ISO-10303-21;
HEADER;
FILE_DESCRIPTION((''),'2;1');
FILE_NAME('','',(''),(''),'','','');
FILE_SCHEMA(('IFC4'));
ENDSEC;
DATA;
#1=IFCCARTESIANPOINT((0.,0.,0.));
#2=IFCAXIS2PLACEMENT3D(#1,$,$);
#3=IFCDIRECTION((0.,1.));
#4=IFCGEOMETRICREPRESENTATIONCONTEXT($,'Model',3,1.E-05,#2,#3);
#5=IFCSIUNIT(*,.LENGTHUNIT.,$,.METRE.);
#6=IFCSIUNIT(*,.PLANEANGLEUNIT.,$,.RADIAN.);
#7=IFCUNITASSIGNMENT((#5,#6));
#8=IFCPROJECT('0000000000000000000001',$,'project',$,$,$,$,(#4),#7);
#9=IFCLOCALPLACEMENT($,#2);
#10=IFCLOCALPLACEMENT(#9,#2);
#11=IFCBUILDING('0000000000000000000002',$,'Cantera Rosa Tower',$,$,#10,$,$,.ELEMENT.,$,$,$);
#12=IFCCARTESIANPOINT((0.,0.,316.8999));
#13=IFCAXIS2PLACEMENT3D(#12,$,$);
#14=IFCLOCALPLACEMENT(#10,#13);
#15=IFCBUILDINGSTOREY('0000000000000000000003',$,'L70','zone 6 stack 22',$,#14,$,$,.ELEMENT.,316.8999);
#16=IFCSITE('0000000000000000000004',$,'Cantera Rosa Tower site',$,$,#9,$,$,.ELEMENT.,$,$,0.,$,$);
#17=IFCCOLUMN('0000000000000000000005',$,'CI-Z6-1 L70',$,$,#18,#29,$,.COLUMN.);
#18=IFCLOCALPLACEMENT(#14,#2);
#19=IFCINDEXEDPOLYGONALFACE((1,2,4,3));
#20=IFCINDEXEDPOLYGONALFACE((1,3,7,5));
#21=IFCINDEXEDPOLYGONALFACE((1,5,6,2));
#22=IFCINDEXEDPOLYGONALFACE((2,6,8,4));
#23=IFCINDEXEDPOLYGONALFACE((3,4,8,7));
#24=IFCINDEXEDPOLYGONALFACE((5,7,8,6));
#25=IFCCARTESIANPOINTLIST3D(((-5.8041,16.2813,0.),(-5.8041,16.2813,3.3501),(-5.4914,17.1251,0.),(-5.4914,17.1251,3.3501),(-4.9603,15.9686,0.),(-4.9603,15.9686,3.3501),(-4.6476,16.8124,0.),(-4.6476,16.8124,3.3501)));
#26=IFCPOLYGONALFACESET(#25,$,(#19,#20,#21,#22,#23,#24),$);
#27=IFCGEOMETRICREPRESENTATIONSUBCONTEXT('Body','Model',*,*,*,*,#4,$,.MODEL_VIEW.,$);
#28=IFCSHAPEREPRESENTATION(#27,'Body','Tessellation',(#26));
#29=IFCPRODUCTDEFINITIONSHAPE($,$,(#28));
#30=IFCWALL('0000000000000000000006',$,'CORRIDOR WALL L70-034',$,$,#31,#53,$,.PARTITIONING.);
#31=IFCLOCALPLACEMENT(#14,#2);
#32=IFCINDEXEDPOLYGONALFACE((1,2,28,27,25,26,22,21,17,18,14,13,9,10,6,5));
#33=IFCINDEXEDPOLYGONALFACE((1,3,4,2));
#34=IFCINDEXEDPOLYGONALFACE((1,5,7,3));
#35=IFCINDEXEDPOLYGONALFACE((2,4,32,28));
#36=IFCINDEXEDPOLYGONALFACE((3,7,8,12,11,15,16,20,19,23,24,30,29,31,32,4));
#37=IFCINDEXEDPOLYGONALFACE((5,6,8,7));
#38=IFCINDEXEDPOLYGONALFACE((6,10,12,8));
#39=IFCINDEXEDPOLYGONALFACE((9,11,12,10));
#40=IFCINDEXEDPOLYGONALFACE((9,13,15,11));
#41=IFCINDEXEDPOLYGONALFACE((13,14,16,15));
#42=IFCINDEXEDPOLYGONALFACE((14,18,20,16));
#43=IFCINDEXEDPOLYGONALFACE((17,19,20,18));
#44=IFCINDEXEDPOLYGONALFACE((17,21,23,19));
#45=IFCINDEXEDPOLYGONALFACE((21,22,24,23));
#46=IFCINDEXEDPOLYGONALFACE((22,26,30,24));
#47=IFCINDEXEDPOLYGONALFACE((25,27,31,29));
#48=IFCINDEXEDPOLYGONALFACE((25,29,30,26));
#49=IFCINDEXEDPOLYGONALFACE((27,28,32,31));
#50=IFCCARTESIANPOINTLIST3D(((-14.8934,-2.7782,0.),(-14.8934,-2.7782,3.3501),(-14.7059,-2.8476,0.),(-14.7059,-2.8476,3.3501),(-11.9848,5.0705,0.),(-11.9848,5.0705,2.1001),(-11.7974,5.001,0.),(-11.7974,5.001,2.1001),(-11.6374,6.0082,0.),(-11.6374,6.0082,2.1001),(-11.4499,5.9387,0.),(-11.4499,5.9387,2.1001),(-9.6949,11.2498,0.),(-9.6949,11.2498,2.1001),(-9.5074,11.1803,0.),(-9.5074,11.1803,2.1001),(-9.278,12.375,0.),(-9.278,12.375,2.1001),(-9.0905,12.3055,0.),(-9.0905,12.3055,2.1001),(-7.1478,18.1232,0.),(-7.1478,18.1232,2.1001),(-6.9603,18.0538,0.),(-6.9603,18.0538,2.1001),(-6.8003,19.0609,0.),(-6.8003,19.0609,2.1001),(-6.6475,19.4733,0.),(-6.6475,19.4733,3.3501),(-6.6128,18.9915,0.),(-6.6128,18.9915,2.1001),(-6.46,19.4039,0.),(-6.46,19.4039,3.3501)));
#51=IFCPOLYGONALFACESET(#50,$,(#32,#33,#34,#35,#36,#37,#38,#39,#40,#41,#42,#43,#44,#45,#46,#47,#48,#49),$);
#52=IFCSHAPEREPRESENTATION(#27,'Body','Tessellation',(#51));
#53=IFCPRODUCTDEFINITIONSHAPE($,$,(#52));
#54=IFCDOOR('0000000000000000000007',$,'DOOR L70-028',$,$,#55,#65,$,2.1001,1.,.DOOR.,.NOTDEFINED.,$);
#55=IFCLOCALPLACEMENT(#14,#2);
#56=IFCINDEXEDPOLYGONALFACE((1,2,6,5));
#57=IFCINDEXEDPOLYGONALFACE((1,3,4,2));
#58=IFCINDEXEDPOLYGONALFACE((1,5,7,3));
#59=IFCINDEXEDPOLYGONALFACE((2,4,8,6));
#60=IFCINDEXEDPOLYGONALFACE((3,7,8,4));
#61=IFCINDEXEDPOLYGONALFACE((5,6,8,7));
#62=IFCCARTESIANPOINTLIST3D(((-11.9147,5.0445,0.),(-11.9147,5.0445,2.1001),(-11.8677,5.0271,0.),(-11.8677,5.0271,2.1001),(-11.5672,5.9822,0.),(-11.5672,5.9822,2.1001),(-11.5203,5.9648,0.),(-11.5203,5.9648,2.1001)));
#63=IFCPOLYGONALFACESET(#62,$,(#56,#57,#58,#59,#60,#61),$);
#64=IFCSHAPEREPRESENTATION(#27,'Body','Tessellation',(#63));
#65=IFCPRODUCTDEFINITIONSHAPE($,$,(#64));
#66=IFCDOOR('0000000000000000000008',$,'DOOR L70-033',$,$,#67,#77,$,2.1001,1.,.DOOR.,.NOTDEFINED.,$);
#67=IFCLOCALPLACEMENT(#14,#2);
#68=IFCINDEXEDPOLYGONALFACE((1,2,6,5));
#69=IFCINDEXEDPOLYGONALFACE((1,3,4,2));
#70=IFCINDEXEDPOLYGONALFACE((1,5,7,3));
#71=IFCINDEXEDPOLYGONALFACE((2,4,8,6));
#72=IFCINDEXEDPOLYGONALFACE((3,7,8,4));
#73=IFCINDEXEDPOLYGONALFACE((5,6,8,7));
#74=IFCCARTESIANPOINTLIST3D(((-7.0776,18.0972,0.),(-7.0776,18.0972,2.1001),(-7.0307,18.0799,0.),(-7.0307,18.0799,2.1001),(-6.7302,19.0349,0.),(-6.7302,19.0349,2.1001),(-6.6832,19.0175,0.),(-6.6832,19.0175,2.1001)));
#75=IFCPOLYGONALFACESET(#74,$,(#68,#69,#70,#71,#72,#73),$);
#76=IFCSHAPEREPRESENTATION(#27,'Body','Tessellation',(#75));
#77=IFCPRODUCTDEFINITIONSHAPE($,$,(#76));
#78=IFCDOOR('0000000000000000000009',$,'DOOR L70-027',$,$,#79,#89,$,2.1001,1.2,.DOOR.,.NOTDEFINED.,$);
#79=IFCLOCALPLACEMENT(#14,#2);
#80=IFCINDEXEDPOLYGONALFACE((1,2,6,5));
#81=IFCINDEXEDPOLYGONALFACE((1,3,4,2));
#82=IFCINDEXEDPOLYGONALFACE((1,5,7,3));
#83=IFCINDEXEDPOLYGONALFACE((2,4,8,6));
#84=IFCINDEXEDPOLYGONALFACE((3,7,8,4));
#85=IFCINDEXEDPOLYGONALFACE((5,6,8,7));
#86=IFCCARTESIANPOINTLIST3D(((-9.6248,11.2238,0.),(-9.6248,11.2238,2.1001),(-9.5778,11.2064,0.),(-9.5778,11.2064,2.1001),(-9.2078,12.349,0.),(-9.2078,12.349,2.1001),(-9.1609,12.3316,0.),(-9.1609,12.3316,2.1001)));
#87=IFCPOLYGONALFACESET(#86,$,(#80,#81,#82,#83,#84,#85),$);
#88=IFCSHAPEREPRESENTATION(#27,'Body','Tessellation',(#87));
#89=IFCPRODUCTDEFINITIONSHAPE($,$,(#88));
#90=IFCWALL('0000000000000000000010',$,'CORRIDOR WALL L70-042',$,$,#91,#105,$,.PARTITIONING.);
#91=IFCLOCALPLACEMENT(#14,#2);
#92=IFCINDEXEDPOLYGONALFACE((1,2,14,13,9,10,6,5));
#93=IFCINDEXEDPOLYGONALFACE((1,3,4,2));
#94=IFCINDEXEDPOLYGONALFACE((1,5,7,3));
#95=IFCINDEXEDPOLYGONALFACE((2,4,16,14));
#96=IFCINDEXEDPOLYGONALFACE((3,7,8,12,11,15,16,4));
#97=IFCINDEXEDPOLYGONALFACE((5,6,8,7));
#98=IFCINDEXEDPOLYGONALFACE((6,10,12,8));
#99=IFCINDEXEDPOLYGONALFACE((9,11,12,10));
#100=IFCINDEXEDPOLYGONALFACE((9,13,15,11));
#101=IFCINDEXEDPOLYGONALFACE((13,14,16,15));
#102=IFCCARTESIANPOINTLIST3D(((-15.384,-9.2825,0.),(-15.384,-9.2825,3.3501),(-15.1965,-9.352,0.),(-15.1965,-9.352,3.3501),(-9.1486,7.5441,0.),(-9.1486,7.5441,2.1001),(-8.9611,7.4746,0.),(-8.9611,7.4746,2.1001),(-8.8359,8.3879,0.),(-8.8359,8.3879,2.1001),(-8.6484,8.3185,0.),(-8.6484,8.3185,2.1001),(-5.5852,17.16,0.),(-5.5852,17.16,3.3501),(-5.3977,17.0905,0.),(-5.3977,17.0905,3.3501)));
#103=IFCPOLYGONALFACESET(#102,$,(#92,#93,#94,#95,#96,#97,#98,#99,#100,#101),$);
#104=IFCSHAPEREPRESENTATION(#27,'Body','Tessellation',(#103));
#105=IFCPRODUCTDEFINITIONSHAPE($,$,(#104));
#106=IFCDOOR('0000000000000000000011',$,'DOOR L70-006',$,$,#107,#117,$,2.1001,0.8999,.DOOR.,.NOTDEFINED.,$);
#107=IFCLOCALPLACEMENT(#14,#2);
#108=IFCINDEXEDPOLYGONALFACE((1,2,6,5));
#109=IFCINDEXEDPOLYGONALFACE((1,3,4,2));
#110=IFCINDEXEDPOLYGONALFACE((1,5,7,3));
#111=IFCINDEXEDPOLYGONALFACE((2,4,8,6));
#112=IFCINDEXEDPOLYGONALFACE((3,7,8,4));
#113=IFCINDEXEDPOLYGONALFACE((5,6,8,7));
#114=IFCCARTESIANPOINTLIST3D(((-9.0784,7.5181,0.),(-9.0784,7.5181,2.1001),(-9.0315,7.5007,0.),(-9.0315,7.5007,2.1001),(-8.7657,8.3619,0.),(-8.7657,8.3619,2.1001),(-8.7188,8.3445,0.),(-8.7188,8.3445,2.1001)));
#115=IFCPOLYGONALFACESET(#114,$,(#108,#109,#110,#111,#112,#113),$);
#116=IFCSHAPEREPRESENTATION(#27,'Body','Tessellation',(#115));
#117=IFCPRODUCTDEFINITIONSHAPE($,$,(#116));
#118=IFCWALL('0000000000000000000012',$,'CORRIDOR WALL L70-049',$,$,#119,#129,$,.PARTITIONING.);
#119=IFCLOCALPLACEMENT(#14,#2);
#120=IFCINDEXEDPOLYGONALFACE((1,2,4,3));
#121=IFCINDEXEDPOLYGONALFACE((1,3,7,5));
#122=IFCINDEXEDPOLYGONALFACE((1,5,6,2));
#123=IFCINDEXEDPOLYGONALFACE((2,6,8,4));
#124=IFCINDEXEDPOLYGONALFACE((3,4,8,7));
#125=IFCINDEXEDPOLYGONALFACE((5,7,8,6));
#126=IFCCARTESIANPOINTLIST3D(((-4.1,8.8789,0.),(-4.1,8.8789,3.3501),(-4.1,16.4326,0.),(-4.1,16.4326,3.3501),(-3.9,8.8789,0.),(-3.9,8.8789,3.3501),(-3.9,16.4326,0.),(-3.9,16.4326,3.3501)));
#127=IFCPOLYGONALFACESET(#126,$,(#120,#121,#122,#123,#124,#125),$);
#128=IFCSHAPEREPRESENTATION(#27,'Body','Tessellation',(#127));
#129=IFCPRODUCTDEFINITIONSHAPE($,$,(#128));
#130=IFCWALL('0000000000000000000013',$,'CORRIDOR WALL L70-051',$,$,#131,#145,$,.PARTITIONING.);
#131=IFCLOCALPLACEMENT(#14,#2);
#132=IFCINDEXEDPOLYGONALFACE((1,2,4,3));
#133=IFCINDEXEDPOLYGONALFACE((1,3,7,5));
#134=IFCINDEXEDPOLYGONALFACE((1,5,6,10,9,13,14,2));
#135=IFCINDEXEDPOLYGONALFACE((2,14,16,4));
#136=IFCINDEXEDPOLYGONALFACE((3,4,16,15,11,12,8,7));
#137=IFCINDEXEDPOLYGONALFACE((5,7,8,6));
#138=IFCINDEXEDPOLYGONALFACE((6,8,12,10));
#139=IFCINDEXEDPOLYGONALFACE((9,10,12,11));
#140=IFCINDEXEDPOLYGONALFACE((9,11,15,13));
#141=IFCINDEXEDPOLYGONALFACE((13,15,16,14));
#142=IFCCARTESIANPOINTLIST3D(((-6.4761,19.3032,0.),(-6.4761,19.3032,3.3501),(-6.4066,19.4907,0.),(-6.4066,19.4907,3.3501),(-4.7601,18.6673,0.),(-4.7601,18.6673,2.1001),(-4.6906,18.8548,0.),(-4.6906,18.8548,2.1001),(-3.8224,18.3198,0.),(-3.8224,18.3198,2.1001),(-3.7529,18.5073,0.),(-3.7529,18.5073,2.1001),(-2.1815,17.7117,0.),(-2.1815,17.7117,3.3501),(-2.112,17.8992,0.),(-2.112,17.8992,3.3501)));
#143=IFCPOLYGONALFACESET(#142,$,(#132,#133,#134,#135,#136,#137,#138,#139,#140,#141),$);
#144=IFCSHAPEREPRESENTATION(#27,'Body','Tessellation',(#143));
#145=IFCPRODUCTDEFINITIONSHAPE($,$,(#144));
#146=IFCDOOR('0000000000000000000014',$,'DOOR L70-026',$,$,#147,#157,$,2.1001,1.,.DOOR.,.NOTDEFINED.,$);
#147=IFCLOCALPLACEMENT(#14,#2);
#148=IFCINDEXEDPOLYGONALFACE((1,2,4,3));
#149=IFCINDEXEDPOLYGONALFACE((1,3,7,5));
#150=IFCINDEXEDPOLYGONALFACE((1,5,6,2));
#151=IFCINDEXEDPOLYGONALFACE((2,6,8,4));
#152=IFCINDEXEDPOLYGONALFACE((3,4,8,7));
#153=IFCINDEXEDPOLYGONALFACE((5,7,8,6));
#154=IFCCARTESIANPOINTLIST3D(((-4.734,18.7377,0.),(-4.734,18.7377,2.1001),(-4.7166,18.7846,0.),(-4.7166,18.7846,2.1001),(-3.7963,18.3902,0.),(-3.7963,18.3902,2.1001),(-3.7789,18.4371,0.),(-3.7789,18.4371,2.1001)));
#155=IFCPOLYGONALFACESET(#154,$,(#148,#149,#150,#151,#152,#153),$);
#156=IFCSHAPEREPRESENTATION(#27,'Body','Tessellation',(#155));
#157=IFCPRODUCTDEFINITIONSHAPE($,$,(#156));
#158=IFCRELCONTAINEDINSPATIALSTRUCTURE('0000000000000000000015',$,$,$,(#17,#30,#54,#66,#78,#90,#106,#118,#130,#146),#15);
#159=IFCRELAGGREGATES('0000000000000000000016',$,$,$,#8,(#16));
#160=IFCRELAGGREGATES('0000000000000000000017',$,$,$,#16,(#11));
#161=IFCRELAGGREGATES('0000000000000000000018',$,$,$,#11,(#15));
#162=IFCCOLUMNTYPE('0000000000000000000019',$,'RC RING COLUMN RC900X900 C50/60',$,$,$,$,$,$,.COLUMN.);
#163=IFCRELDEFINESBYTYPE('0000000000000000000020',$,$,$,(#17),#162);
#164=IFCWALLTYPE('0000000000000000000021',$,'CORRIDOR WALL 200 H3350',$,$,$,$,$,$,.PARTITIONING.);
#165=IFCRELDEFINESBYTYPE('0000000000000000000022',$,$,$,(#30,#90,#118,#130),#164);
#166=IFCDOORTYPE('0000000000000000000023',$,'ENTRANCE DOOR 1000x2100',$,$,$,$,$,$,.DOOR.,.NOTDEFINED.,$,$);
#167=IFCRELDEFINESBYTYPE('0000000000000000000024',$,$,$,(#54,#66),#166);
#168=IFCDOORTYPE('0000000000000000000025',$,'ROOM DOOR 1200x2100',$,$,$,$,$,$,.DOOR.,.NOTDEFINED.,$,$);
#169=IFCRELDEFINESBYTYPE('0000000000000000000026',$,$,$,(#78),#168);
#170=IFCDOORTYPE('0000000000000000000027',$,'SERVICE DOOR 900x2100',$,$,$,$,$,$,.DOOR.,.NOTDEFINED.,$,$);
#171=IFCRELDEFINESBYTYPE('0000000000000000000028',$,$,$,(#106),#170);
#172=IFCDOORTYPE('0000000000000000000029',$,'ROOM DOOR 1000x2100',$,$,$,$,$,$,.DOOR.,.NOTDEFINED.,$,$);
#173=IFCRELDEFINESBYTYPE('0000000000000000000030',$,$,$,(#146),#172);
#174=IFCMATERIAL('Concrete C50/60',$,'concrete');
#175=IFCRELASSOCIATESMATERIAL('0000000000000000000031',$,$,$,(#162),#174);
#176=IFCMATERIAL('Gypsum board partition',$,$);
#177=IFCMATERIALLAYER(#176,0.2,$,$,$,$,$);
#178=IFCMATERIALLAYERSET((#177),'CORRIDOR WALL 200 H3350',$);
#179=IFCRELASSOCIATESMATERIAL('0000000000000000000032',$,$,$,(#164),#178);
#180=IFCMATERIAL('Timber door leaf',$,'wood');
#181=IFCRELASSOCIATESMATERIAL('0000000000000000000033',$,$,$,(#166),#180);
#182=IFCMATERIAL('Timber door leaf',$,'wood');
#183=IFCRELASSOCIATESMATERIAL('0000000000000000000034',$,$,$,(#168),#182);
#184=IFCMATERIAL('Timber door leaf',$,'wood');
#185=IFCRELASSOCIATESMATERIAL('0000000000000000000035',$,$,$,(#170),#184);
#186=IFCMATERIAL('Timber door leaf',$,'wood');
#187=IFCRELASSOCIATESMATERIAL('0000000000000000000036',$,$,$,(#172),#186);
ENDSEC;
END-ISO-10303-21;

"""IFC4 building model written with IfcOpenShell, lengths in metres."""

from ifc_helpers import new_model, si_unit, direction, frame, frame_2d, origin, origin_2d, place, context, subcontext, project, spatial, rectangle, extrude, material, layer, layer_set, material_profile, profile_set, type_object, element, fill, save


model = new_model("IFC4")

# Units and contexts
model_context = context("Model", 3, precision=1e-05, world=origin(), true_north=direction((0.0, 1.0)))
body_context = subcontext(model_context, "Body", "Model", "MODEL_VIEW")
ifc_project = project(units=[si_unit("LENGTHUNIT", "METRE"), si_unit("PLANEANGLEUNIT", "RADIAN")], contexts=[model_context])

# Site, building, storey
site_placement = place(None, origin())
site = spatial("IfcSite", under=ifc_project, at=site_placement, Name="Cantera Rosa Tower site", CompositionType="ELEMENT", RefElevation=0.0)
building_placement = place(site_placement, origin())
building = spatial("IfcBuilding", under=site, at=building_placement, Name="Cantera Rosa Tower", CompositionType="ELEMENT")
storey_placement = place(building_placement, frame((0.0, 0.0, 316.8999)))
storey = spatial("IfcBuildingStorey", under=building, at=storey_placement, Name="L70", Description="zone 6 stack 22", CompositionType="ELEMENT", Elevation=316.8999)

# Column
ifc_material_1 = material(Name="Concrete C50/60", Category="concrete")
ifc_material_profile = material_profile(ifc_material_1, rectangle(XDim=0.8999, YDim=0.8999, at=origin_2d()), Name="RC RING COLUMN RC900X900 C50/60")
ifc_profile_set = profile_set([ifc_material_profile], Name="Concrete C50/60")
column_type = type_object("IfcColumnType", Name="RC RING COLUMN RC900X900 C50/60", PredefinedType="COLUMN", material=ifc_profile_set)
column_placement = place(storey_placement, frame((-5.2258, 16.5469, 0.0), z_axis=(0.0, 0.0, 1.0), x_axis=(0.347481, 0.937687, 0.0)))
element("IfcColumn", 1, at=column_placement, inside=storey, type_object=column_type, Name="CI-Z6-1 L70", PredefinedType="COLUMN", context=body_context, shape_type="SweptSolid", body=[
    extrude(rectangle(XDim=0.8999, YDim=0.8999, at=origin_2d()), origin(), (0.0, 0.0, 1.0), 3.3501),
])

# Wall, openings, doors
ifc_material_2 = material(Name="Gypsum board partition")
ifc_layer_1 = layer(ifc_material_2, 0.2)
ifc_layer_set_1 = layer_set([ifc_layer_1], Name="CORRIDOR WALL 200 H3350")
wall_type_1 = type_object("IfcWallType", Name="CORRIDOR WALL 200 H3350", PredefinedType="PARTITIONING", material=ifc_layer_set_1)
wall_1_placement = place(storey_placement, frame((-6.5537, 19.4387, 0.0), z_axis=(0.0, 0.0, 1.0), x_axis=(-0.347484, -0.937686, 0.0)))
wall_1 = element("IfcWall", 2, at=wall_1_placement, inside=storey, type_object=wall_type_1, Name="CORRIDOR WALL L70-034", PredefinedType="PARTITIONING", context=body_context, shape_type="SweptSolid", body=[
    extrude(rectangle(XDim=23.7302, YDim=0.2, at=frame_2d((11.8652, 0.0))), origin(), (0.0, 0.0, 1.0), 3.3501),
])
opening_1_placement = place(wall_1_placement, frame((7.5701, 0.0, 0.0)))
opening_1 = element("IfcOpeningElement", 3, at=opening_1_placement, cuts=wall_1, PredefinedType="OPENING", context=body_context, shape_type="SweptSolid", body=[
    extrude(rectangle(XDim=1.2, YDim=2.1001, at=frame_2d((0.6001, 1.05))), frame((0.0, 0.1099, 0.0), z_axis=(0.0, -1.0, 0.0), x_axis=(1.0, 0.0, 0.0)), (0.0, 0.0, 1.0), 0.22),
])
opening_2_placement = place(wall_1_placement, frame((14.3601, 0.0, 0.0)))
opening_2 = element("IfcOpeningElement", 4, at=opening_2_placement, cuts=wall_1, PredefinedType="OPENING", context=body_context, shape_type="SweptSolid", body=[
    extrude(rectangle(XDim=1.0, YDim=2.1001, at=frame_2d((0.5, 1.05))), frame((0.0, 0.1099, 0.0), z_axis=(0.0, -1.0, 0.0), x_axis=(1.0, 0.0, 0.0)), (0.0, 0.0, 1.0), 0.22),
])
opening_3_placement = place(wall_1_placement, frame((0.4399, 0.0, 0.0)))
opening_3 = element("IfcOpeningElement", 5, at=opening_3_placement, cuts=wall_1, PredefinedType="OPENING", context=body_context, shape_type="SweptSolid", body=[
    extrude(rectangle(XDim=1.0, YDim=2.1001, at=frame_2d((0.5, 1.05))), frame((0.0, 0.1099, 0.0), z_axis=(0.0, -1.0, 0.0), x_axis=(1.0, 0.0, 0.0)), (0.0, 0.0, 1.0), 0.22),
])
ifc_material_3 = material(Name="Timber door leaf", Category="wood")
door_type_1 = type_object("IfcDoorType", Name="ENTRANCE DOOR 1000x2100", OperationType="NOTDEFINED", PredefinedType="DOOR", material=ifc_material_3)
door_1_placement = place(opening_2_placement, origin())
door_1 = element("IfcDoor", 6, at=door_1_placement, inside=storey, type_object=door_type_1, Name="DOOR L70-028", OperationType="NOTDEFINED", OverallHeight=2.1001, OverallWidth=1.0, PredefinedType="DOOR", context=body_context, shape_type="SweptSolid", body=[
    extrude(rectangle(XDim=1.0, YDim=2.1001, at=frame_2d((0.5, 1.05))), frame((0.0, 0.0249, 0.0), z_axis=(0.0, -1.0, 0.0), x_axis=(1.0, 0.0, 0.0)), (0.0, 0.0, 1.0), 0.05),
])
fill(opening_2, door_1)
door_2_placement = place(opening_3_placement, origin())
door_2 = element("IfcDoor", 7, at=door_2_placement, inside=storey, type_object=door_type_1, Name="DOOR L70-033", OperationType="NOTDEFINED", OverallHeight=2.1001, OverallWidth=1.0, PredefinedType="DOOR", context=body_context, shape_type="SweptSolid", body=[
    extrude(rectangle(XDim=1.0, YDim=2.1001, at=frame_2d((0.5, 1.05))), frame((0.0, 0.0249, 0.0), z_axis=(0.0, -1.0, 0.0), x_axis=(1.0, 0.0, 0.0)), (0.0, 0.0, 1.0), 0.05),
])
fill(opening_3, door_2)
ifc_material_4 = material(Name="Timber door leaf", Category="wood")
door_type_2 = type_object("IfcDoorType", Name="ROOM DOOR 1200x2100", OperationType="NOTDEFINED", PredefinedType="DOOR", material=ifc_material_4)
door_3_placement = place(opening_1_placement, origin())
door_3 = element("IfcDoor", 8, at=door_3_placement, inside=storey, type_object=door_type_2, Name="DOOR L70-027", OperationType="NOTDEFINED", OverallHeight=2.1001, OverallWidth=1.2, PredefinedType="DOOR", context=body_context, shape_type="SweptSolid", body=[
    extrude(rectangle(XDim=1.2, YDim=2.1001, at=frame_2d((0.6001, 1.05))), frame((0.0, 0.0249, 0.0), z_axis=(0.0, -1.0, 0.0), x_axis=(1.0, 0.0, 0.0)), (0.0, 0.0, 1.0), 0.05),
])
fill(opening_1, door_3)

# Wall, opening, door
wall_2_placement = place(storey_placement, frame((-5.4915, 17.1252, 0.0), z_axis=(0.0, 0.0, 1.0), x_axis=(-0.347478, -0.937688, 0.0)))
wall_2 = element("IfcWall", 9, at=wall_2_placement, inside=storey, type_object=wall_type_1, Name="CORRIDOR WALL L70-042", PredefinedType="PARTITIONING", context=body_context, shape_type="SweptSolid", body=[
    extrude(rectangle(XDim=28.1997, YDim=0.2, at=frame_2d((14.0999, 0.0))), origin(), (0.0, 0.0, 1.0), 3.3501),
])
opening_4_placement = place(wall_2_placement, frame((9.355, 0.0, 0.0)))
opening_4 = element("IfcOpeningElement", 10, at=opening_4_placement, cuts=wall_2, PredefinedType="OPENING", context=body_context, shape_type="SweptSolid", body=[
    extrude(rectangle(XDim=0.8999, YDim=2.1001, at=frame_2d((0.45, 1.05))), frame((0.0, 0.1099, 0.0), z_axis=(0.0, -1.0, 0.0), x_axis=(1.0, 0.0, 0.0)), (0.0, 0.0, 1.0), 0.22),
])
ifc_material_5 = material(Name="Timber door leaf", Category="wood")
door_type_3 = type_object("IfcDoorType", Name="SERVICE DOOR 900x2100", OperationType="NOTDEFINED", PredefinedType="DOOR", material=ifc_material_5)
door_4_placement = place(opening_4_placement, origin())
door_4 = element("IfcDoor", 11, at=door_4_placement, inside=storey, type_object=door_type_3, Name="DOOR L70-006", OperationType="NOTDEFINED", OverallHeight=2.1001, OverallWidth=0.8999, PredefinedType="DOOR", context=body_context, shape_type="SweptSolid", body=[
    extrude(rectangle(XDim=0.8999, YDim=2.1001, at=frame_2d((0.45, 1.05))), frame((0.0, 0.0249, 0.0), z_axis=(0.0, -1.0, 0.0), x_axis=(1.0, 0.0, 0.0)), (0.0, 0.0, 1.0), 0.05),
])
fill(opening_4, door_4)

# Wall
wall_3_placement = place(storey_placement, frame((-4.0, 16.4326, 0.0), z_axis=(0.0, 0.0, 1.0), x_axis=(0.0, -1.0, 0.0)))
element("IfcWall", 12, at=wall_3_placement, inside=storey, type_object=wall_type_1, Name="CORRIDOR WALL L70-049", PredefinedType="PARTITIONING", context=body_context, shape_type="SweptSolid", body=[
    extrude(rectangle(XDim=7.5537, YDim=0.2, at=frame_2d((3.7769, 0.0))), origin(), (0.0, 0.0, 1.0), 3.3501),
])

# Wall, opening, door
wall_4_placement = place(storey_placement, frame((-2.1467, 17.8054, 0.0), z_axis=(0.0, 0.0, 1.0), x_axis=(-0.937683, 0.347493, 0.0)))
wall_4 = element("IfcWall", 13, at=wall_4_placement, inside=storey, type_object=wall_type_1, Name="CORRIDOR WALL L70-051", PredefinedType="PARTITIONING", context=body_context, shape_type="SweptSolid", body=[
    extrude(rectangle(XDim=4.5801, YDim=0.2, at=frame_2d((2.29, 0.0))), origin(), (0.0, 0.0, 1.0), 3.3501),
])
opening_5_placement = place(wall_4_placement, frame((1.75, 0.0, 0.0)))
opening_5 = element("IfcOpeningElement", 14, at=opening_5_placement, cuts=wall_4, PredefinedType="OPENING", context=body_context, shape_type="SweptSolid", body=[
    extrude(rectangle(XDim=1.0, YDim=2.1001, at=frame_2d((0.5, 1.05))), frame((0.0, 0.1099, 0.0), z_axis=(0.0, -1.0, 0.0), x_axis=(1.0, 0.0, 0.0)), (0.0, 0.0, 1.0), 0.22),
])
ifc_material_6 = material(Name="Timber door leaf", Category="wood")
door_type_4 = type_object("IfcDoorType", Name="ROOM DOOR 1000x2100", OperationType="NOTDEFINED", PredefinedType="DOOR", material=ifc_material_6)
door_5_placement = place(opening_5_placement, origin())
door_5 = element("IfcDoor", 15, at=door_5_placement, inside=storey, type_object=door_type_4, Name="DOOR L70-026", OperationType="NOTDEFINED", OverallHeight=2.1001, OverallWidth=1.0, PredefinedType="DOOR", context=body_context, shape_type="SweptSolid", body=[
    extrude(rectangle(XDim=1.0, YDim=2.1001, at=frame_2d((0.5, 1.05))), frame((0.0, 0.0249, 0.0), z_axis=(0.0, -1.0, 0.0), x_axis=(1.0, 0.0, 0.0)), (0.0, 0.0, 1.0), 0.05),
])
fill(opening_5, door_5)

save(model, "model.ifc")
